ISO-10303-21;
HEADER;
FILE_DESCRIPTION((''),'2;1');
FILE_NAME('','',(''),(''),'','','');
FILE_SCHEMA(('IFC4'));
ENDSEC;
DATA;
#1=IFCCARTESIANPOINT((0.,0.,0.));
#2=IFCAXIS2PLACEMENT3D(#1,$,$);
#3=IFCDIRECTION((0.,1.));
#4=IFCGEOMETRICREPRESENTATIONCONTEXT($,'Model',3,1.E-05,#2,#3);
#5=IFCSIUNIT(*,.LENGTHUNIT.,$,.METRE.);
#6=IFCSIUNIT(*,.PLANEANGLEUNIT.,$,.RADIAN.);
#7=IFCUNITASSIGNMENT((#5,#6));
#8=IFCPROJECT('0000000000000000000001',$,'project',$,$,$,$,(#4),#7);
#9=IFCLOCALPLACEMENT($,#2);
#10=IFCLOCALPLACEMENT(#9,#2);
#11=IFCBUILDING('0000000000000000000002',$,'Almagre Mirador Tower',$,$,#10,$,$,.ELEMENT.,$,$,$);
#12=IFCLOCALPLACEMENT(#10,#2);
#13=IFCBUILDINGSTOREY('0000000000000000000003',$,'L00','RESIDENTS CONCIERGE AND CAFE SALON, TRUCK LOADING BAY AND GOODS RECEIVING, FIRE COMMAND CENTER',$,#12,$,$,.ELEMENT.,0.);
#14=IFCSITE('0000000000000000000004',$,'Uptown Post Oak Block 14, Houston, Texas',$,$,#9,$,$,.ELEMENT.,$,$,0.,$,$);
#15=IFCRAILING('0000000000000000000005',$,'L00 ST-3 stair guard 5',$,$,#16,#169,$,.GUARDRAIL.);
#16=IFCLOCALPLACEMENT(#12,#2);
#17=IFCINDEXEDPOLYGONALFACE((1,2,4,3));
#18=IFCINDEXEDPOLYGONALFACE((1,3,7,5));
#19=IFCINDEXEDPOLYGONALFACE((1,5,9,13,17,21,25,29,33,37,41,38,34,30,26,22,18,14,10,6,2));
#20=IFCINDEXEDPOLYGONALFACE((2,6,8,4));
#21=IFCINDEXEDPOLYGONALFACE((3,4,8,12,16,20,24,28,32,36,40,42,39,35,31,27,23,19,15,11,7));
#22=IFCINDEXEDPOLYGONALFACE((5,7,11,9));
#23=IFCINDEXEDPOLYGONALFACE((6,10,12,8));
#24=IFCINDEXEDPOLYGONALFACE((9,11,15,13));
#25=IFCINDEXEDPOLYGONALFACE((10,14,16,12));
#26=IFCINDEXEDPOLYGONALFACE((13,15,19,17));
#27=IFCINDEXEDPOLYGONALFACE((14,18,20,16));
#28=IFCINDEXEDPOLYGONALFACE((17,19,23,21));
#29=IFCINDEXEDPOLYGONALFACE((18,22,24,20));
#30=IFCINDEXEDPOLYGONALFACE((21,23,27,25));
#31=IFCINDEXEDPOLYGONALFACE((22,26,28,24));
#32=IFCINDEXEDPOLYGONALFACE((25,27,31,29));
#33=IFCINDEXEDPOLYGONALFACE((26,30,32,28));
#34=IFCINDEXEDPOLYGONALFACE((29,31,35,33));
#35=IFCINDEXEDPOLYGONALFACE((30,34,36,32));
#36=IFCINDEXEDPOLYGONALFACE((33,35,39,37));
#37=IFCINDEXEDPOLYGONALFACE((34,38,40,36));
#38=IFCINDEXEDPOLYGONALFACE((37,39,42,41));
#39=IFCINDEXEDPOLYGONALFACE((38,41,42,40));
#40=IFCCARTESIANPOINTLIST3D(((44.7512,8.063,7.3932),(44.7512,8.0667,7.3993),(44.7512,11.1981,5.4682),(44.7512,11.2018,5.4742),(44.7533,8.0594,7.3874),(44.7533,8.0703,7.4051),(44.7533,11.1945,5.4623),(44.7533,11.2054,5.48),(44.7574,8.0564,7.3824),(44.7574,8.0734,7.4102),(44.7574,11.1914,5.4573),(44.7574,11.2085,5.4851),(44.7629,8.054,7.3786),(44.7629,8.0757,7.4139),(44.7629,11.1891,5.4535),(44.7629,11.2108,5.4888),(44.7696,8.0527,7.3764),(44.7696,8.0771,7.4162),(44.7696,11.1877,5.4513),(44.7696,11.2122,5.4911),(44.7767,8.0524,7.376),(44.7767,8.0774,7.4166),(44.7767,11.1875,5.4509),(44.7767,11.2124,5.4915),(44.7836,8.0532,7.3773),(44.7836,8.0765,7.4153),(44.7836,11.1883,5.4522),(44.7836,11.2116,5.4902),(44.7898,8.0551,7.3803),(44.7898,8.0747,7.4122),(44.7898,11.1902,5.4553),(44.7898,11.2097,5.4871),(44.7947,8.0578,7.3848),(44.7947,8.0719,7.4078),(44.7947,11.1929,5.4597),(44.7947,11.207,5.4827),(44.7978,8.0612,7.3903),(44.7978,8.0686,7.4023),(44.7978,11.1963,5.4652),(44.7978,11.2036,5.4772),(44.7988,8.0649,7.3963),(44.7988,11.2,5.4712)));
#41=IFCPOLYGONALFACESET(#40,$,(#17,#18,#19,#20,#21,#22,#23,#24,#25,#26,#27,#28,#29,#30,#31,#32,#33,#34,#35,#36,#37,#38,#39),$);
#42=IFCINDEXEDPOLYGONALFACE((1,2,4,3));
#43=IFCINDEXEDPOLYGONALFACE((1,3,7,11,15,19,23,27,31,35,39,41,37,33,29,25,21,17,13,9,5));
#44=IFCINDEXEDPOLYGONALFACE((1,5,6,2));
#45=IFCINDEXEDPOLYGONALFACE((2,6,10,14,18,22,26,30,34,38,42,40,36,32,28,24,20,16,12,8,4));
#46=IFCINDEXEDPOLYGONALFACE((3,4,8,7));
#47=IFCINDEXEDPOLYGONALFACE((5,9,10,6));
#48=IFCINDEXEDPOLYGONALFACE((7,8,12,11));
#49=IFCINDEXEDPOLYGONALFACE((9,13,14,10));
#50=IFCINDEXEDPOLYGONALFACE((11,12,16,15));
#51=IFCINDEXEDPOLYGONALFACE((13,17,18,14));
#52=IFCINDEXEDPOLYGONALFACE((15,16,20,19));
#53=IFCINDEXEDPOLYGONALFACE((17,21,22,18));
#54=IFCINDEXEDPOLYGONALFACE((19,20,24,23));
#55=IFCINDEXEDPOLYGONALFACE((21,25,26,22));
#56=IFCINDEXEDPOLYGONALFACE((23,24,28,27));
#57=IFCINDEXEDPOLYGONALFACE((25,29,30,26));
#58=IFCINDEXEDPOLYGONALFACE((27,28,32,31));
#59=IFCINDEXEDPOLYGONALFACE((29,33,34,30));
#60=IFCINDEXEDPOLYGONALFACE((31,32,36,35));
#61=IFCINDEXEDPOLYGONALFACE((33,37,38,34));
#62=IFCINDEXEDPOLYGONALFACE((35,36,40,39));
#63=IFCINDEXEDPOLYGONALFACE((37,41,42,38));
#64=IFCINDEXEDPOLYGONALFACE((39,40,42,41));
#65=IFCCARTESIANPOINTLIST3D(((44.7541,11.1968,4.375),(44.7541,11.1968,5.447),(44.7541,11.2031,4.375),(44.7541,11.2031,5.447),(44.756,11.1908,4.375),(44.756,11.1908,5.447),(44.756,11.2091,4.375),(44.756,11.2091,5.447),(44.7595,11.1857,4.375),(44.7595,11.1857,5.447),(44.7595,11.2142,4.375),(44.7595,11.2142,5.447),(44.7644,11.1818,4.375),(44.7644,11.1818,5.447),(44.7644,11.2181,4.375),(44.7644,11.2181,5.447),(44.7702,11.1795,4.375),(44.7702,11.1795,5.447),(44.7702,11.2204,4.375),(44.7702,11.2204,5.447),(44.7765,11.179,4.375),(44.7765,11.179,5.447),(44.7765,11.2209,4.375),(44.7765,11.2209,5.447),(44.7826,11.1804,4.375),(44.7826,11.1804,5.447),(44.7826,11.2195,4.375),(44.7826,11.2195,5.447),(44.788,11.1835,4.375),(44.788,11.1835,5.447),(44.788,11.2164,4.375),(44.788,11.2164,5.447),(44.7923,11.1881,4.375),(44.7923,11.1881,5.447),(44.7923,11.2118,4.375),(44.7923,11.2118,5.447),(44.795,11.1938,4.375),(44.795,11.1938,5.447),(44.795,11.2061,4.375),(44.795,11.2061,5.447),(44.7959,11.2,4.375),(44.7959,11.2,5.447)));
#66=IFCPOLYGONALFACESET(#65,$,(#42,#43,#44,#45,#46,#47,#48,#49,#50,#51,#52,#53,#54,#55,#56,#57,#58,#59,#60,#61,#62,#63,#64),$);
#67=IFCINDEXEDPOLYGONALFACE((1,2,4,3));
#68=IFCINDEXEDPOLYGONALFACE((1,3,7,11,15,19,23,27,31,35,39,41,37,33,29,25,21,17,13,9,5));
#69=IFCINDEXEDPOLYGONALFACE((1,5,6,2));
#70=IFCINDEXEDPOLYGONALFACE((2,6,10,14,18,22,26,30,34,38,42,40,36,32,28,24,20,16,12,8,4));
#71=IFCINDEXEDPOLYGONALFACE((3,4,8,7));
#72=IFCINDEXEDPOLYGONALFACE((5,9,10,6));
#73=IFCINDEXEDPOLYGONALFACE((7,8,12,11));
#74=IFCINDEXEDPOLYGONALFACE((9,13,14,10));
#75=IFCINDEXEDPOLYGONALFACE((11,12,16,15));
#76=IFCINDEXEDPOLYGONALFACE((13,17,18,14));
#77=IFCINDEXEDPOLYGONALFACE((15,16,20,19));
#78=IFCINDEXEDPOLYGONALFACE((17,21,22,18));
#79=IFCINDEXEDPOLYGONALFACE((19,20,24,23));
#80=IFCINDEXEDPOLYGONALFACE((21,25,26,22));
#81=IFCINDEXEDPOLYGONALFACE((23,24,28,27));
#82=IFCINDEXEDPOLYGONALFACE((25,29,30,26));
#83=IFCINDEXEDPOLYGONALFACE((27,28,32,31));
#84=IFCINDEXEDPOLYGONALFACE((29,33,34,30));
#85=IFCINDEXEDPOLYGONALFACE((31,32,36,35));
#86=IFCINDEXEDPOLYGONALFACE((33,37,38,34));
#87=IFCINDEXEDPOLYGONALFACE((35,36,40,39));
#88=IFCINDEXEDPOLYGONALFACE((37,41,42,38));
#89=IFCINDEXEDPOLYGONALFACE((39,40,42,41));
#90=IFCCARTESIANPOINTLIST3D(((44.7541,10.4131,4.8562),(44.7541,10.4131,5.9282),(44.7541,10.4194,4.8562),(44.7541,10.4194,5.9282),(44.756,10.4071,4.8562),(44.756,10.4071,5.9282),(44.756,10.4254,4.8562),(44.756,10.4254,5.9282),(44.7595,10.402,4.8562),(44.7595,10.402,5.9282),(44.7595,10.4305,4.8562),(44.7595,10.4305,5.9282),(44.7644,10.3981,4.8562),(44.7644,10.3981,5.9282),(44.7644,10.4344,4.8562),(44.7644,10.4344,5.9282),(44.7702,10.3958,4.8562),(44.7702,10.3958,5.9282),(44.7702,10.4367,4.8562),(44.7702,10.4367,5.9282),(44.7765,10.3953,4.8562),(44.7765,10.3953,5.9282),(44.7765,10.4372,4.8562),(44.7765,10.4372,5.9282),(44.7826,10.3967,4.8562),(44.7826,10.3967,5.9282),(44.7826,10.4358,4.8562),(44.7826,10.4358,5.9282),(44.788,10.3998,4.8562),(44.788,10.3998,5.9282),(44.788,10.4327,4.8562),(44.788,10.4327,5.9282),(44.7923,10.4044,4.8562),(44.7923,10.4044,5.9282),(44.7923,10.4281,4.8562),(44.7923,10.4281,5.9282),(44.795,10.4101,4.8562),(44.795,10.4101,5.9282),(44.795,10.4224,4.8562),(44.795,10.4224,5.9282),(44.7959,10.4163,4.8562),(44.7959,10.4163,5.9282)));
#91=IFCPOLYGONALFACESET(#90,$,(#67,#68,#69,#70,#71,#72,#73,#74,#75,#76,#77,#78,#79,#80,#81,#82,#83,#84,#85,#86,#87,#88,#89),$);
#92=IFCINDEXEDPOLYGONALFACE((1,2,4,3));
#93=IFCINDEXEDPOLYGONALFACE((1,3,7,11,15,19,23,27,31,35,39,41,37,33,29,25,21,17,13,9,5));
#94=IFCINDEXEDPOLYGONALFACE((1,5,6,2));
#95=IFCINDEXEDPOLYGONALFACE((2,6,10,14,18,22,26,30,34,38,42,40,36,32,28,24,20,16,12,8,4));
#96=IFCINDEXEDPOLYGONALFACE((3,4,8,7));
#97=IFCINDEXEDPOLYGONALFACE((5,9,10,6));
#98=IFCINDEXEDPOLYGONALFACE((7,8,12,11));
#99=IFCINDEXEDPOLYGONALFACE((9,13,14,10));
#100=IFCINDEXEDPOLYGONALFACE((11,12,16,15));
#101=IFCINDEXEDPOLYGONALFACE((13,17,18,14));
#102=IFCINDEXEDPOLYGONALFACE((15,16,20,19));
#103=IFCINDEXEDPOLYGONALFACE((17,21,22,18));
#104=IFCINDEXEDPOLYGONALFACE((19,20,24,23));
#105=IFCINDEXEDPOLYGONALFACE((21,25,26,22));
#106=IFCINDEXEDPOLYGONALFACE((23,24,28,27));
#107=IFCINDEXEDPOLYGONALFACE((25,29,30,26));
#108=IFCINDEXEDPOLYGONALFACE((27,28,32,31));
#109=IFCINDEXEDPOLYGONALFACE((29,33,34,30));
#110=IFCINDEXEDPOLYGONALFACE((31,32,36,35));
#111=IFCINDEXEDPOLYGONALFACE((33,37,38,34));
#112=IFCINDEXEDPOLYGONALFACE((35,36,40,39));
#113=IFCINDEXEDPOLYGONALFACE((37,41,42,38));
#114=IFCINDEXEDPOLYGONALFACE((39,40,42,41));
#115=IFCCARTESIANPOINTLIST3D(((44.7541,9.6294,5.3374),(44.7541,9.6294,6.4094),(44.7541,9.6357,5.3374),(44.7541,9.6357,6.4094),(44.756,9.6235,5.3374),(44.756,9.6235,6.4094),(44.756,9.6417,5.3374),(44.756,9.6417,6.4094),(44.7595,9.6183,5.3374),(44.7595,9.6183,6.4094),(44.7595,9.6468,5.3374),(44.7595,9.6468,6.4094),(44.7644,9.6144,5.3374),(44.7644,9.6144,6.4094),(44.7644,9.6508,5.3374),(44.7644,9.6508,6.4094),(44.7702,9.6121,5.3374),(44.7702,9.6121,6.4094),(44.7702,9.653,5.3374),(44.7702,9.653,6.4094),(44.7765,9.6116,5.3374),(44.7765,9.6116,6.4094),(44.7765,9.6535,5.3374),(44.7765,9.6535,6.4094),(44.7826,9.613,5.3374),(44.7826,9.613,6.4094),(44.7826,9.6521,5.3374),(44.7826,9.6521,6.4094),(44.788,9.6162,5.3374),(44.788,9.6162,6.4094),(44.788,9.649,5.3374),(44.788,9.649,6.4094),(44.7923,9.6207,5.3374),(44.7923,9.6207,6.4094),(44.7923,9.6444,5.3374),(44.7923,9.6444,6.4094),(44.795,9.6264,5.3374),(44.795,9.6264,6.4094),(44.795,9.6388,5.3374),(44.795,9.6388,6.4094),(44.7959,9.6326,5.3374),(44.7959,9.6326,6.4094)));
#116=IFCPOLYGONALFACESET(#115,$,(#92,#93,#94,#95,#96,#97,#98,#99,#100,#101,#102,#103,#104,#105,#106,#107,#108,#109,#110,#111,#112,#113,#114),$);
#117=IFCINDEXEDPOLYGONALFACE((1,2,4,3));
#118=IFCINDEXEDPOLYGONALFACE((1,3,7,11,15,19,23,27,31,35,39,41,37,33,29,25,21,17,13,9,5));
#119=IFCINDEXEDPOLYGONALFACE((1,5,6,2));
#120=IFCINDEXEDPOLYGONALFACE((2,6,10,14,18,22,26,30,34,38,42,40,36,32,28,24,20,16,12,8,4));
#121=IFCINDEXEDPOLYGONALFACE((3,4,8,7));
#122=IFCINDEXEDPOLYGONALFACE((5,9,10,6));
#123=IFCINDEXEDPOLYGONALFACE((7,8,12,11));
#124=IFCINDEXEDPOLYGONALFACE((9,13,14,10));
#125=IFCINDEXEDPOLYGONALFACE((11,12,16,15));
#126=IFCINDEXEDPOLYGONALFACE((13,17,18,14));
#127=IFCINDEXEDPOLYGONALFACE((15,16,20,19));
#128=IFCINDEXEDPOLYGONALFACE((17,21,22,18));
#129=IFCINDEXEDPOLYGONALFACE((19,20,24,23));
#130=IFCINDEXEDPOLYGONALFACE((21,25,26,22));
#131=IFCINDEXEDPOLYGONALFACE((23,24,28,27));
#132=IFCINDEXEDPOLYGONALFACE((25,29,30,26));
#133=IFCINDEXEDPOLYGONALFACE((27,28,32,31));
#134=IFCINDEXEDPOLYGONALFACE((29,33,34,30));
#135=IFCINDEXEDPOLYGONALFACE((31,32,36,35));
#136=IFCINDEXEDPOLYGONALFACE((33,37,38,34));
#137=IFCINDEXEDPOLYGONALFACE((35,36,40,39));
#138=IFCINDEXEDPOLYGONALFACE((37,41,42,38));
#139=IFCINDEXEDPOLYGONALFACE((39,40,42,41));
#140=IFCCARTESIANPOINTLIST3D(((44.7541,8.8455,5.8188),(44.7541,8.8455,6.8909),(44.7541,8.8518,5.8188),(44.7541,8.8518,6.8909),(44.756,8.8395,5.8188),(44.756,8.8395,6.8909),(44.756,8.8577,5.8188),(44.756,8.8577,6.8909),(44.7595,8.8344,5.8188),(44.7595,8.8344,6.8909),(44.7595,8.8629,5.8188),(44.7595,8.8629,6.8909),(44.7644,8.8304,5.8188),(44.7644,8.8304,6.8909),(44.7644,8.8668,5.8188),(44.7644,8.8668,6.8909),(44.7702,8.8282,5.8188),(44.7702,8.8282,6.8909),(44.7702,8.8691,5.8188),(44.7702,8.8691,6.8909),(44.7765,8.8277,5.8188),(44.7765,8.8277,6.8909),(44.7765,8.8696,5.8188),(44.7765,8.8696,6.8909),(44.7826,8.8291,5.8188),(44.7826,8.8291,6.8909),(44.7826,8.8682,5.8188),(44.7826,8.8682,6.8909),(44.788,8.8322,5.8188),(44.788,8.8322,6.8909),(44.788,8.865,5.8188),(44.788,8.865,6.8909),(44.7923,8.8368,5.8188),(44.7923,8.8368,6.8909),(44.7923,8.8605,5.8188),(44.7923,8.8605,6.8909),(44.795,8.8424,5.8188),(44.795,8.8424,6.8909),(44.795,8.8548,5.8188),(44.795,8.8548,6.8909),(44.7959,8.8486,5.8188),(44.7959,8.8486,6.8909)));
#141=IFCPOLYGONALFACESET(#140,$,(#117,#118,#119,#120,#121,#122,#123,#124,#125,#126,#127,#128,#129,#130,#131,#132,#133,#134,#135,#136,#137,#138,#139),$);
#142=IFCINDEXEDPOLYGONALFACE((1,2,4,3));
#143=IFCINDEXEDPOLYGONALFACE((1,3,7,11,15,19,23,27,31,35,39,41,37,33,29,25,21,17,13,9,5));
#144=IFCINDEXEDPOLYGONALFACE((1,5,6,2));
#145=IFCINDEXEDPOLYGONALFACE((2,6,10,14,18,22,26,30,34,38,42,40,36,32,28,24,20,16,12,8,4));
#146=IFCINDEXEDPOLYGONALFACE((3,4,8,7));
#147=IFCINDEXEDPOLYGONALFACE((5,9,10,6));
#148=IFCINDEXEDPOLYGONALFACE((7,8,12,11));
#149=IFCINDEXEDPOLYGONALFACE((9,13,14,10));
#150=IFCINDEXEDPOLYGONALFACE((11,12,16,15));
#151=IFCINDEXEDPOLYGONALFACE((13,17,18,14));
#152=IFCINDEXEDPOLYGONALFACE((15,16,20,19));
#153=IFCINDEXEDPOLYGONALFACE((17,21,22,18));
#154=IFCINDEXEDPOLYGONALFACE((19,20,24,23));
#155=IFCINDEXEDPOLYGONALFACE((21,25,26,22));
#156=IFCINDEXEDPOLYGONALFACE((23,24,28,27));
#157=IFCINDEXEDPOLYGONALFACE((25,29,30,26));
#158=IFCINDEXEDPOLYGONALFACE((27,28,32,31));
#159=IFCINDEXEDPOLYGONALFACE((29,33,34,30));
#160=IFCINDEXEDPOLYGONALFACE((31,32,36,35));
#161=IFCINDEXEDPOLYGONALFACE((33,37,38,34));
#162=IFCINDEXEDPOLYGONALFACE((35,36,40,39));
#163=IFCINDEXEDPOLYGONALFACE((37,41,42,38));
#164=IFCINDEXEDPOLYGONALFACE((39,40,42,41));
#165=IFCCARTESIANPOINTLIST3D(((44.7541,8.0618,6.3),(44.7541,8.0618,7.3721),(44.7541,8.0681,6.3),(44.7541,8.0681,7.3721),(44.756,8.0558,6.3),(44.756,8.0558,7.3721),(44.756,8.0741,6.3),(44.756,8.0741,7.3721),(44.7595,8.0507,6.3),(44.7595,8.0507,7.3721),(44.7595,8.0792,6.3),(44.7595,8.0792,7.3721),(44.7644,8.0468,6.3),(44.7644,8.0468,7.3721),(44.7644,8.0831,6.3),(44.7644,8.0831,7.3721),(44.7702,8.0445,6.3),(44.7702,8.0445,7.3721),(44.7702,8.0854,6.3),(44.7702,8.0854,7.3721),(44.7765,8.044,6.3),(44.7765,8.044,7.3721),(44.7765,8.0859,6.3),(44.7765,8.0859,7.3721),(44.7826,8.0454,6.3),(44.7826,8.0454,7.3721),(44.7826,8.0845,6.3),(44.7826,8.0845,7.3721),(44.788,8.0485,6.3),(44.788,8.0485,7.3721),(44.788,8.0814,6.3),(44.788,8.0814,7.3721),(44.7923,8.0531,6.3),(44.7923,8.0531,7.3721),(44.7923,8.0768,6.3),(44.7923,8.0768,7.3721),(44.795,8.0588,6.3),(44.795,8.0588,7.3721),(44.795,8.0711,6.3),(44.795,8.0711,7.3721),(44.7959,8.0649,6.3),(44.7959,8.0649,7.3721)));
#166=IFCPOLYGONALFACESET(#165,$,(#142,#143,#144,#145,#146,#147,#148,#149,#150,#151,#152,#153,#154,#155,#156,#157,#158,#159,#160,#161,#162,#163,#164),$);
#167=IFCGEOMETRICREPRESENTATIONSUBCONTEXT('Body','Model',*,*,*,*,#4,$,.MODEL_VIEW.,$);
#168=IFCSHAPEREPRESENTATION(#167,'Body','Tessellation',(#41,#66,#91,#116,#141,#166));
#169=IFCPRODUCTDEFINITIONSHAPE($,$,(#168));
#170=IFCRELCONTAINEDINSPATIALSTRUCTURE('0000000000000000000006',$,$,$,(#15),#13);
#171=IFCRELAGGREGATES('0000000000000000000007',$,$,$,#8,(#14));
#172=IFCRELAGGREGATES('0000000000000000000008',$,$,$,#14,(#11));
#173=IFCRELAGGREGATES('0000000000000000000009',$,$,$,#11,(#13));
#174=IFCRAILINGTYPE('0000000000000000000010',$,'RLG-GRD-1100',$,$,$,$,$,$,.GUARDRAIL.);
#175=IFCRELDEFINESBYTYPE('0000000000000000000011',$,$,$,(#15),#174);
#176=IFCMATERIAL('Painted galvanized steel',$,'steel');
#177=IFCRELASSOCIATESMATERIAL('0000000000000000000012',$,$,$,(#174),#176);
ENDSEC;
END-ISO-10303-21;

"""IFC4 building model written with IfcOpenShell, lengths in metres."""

from ifc_helpers import new_model, si_unit, direction, frame, origin, origin_2d, place, context, subcontext, project, spatial, circle, extrude, material, type_object, element, save


model = new_model("IFC4")

# Units and contexts
model_context = context("Model", 3, precision=1e-05, world=origin(), true_north=direction((0.0, 1.0)))
body_context = subcontext(model_context, "Body", "Model", "MODEL_VIEW")
ifc_project = project(units=[si_unit("LENGTHUNIT", "METRE"), si_unit("PLANEANGLEUNIT", "RADIAN")], contexts=[model_context])

# Site, building, storey
site_placement = place(None, origin())
site = spatial("IfcSite", under=ifc_project, at=site_placement, Name="Uptown Post Oak Block 14, Houston, Texas", CompositionType="ELEMENT", RefElevation=0.0)
building_placement = place(site_placement, origin())
building = spatial("IfcBuilding", under=site, at=building_placement, Name="Almagre Mirador Tower", CompositionType="ELEMENT")
storey_placement = place(building_placement, origin())
storey = spatial("IfcBuildingStorey", under=building, at=storey_placement, Name="L00", Description="RESIDENTS CONCIERGE AND CAFE SALON, TRUCK LOADING BAY AND GOODS RECEIVING, FIRE COMMAND CENTER", CompositionType="ELEMENT", Elevation=0.0)

# Railing
ifc_material_1 = material(Name="Painted galvanized steel", Category="steel")
railing_type_1 = type_object("IfcRailingType", Name="RLG-GRD-1100", PredefinedType="GUARDRAIL", material=ifc_material_1)
railing_1_placement = place(storey_placement, frame((44.7749, 11.2, 4.375)))
element("IfcRailing", 1, at=railing_1_placement, inside=storey, type_object=railing_type_1, Name="L00 ST-3 stair guard 5", PredefinedType="GUARDRAIL", context=body_context, shape_type="SweptSolid", body=[
    extrude(circle(Radius=0.0239, at=origin_2d()), frame((0.0, 0.0, 1.0962), z_axis=(0.0, -0.852166, 0.523271), x_axis=(1.0, 0.0, 0.0)), (0.0, 0.0, 1.0), 3.679),
    extrude(circle(Radius=0.021, at=origin_2d()), origin(), (0.0, 0.0, 1.0), 1.072),
    extrude(circle(Radius=0.021, at=origin_2d()), frame((0.0, -0.7837, 0.4812)), (0.0, 0.0, 1.0), 1.072),
    extrude(circle(Radius=0.021, at=origin_2d()), frame((0.0, -1.5674, 0.9624)), (0.0, 0.0, 1.0), 1.072),
    extrude(circle(Radius=0.021, at=origin_2d()), frame((0.0, -2.3513, 1.4438)), (0.0, 0.0, 1.0), 1.072),
    extrude(circle(Radius=0.021, at=origin_2d()), frame((0.0, -3.135, 1.925)), (0.0, 0.0, 1.0), 1.072),
])

save(model, "model.ifc")
